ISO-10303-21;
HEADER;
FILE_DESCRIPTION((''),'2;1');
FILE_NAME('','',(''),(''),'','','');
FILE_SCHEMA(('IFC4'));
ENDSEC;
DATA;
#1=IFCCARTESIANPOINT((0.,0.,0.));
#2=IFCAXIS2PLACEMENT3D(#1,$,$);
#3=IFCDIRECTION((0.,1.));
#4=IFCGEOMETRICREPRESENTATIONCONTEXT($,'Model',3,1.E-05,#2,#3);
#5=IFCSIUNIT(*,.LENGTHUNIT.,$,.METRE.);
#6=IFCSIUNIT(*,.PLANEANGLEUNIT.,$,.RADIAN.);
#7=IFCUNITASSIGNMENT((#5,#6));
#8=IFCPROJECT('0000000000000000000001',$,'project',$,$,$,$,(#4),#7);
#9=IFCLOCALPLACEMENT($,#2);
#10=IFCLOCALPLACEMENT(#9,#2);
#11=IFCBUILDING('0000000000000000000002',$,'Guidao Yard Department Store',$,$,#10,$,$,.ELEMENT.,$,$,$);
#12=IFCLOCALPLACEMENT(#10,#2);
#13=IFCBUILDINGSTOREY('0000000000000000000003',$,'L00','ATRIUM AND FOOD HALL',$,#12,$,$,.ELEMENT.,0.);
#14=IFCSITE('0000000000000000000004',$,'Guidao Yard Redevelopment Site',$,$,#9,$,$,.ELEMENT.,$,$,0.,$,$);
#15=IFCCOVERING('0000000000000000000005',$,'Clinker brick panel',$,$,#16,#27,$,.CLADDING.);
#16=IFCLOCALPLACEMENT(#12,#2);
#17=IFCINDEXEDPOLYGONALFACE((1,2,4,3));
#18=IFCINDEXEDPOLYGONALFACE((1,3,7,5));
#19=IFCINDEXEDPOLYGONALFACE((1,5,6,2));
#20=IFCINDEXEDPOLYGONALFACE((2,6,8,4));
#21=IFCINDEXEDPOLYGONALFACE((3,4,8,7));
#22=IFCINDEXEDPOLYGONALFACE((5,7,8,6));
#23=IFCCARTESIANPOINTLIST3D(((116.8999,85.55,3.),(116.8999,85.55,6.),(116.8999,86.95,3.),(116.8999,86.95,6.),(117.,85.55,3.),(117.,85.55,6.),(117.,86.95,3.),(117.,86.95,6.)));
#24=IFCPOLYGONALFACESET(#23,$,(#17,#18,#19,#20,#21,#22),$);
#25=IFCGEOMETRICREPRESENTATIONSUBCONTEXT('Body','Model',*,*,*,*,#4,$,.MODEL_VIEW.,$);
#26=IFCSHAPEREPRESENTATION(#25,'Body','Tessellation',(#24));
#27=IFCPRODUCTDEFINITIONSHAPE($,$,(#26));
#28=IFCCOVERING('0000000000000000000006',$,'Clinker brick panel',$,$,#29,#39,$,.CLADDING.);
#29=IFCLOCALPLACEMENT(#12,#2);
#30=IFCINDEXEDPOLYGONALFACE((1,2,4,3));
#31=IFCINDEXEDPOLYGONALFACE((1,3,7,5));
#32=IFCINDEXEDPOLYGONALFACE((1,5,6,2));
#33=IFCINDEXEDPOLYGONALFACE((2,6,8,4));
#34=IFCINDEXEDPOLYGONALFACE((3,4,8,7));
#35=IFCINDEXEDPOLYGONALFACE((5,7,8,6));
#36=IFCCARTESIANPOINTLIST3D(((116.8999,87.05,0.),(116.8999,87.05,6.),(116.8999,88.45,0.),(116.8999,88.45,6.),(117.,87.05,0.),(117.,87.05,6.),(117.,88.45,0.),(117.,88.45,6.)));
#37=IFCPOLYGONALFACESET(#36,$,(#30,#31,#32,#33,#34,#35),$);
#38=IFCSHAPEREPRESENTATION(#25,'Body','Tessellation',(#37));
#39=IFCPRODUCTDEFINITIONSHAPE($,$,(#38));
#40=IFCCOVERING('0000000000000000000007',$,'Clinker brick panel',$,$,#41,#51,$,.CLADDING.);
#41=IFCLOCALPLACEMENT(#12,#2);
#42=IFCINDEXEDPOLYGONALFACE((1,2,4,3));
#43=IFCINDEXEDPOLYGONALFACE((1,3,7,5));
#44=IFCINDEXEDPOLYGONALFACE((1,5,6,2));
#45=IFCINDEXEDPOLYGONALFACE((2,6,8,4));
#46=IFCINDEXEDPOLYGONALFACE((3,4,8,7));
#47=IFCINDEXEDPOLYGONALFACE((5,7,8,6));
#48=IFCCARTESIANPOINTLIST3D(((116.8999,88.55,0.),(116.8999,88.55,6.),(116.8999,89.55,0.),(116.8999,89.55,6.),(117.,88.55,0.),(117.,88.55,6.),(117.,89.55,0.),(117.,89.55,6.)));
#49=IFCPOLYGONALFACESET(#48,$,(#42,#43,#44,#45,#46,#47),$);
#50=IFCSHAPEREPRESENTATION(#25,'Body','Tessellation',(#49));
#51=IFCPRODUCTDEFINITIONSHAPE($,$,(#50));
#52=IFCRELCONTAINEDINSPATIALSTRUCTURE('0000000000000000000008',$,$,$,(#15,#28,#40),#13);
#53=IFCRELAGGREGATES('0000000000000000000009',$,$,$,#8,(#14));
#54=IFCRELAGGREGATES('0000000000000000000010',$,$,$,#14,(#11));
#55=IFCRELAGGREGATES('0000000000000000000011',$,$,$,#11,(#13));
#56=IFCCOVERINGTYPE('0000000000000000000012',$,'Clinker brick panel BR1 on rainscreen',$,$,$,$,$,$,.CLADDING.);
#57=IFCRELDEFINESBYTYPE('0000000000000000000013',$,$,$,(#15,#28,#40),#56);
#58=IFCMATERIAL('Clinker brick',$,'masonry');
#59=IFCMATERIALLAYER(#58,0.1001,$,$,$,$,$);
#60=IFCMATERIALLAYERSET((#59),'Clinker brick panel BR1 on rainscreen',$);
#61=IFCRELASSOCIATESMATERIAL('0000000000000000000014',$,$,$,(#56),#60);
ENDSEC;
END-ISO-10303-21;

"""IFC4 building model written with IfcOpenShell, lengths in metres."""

from ifc_helpers import new_model, si_unit, direction, frame, origin, origin_2d, place, context, subcontext, project, spatial, rectangle, extrude, material, layer, layer_set, type_object, element, save


model = new_model("IFC4")

# Units and contexts
model_context = context("Model", 3, precision=1e-05, world=origin(), true_north=direction((0.0, 1.0)))
body_context = subcontext(model_context, "Body", "Model", "MODEL_VIEW")
ifc_project = project(units=[si_unit("LENGTHUNIT", "METRE"), si_unit("PLANEANGLEUNIT", "RADIAN")], contexts=[model_context])

# Site, building, storey
site_placement = place(None, origin())
site = spatial("IfcSite", under=ifc_project, at=site_placement, Name="Guidao Yard Redevelopment Site", CompositionType="ELEMENT", RefElevation=0.0)
building_placement = place(site_placement, origin())
building = spatial("IfcBuilding", under=site, at=building_placement, Name="Guidao Yard Department Store", CompositionType="ELEMENT")
storey_placement = place(building_placement, origin())
storey = spatial("IfcBuildingStorey", under=building, at=storey_placement, Name="L00", Description="ATRIUM AND FOOD HALL", CompositionType="ELEMENT", Elevation=0.0)

# Coverings
ifc_material_1 = material(Name="Clinker brick", Category="masonry")
ifc_layer_1 = layer(ifc_material_1, 0.1001)
ifc_layer_set_1 = layer_set([ifc_layer_1], Name="Clinker brick panel BR1 on rainscreen")
covering_type = type_object("IfcCoveringType", Name="Clinker brick panel BR1 on rainscreen", PredefinedType="CLADDING", material=ifc_layer_set_1)
covering_1_placement = place(storey_placement, frame((116.95, 86.25, 3.0), z_axis=(0.0, 0.0, 1.0), x_axis=(0.0, 1.0, 0.0)))
element("IfcCovering", 1, at=covering_1_placement, inside=storey, type_object=covering_type, Name="Clinker brick panel", PredefinedType="CLADDING", context=body_context, shape_type="SweptSolid", body=[
    extrude(rectangle(XDim=1.3999, YDim=0.1001, at=origin_2d()), origin(), (0.0, 0.0, 1.0), 3.0),
])
covering_2_placement = place(storey_placement, frame((116.95, 87.75, 0.0), z_axis=(0.0, 0.0, 1.0), x_axis=(0.0, 1.0, 0.0)))
element("IfcCovering", 2, at=covering_2_placement, inside=storey, type_object=covering_type, Name="Clinker brick panel", PredefinedType="CLADDING", context=body_context, shape_type="SweptSolid", body=[
    extrude(rectangle(XDim=1.3999, YDim=0.1001, at=origin_2d()), origin(), (0.0, 0.0, 1.0), 6.0),
])
covering_3_placement = place(storey_placement, frame((116.95, 89.05, 0.0), z_axis=(0.0, 0.0, 1.0), x_axis=(0.0, 1.0, 0.0)))
element("IfcCovering", 3, at=covering_3_placement, inside=storey, type_object=covering_type, Name="Clinker brick panel", PredefinedType="CLADDING", context=body_context, shape_type="SweptSolid", body=[
    extrude(rectangle(XDim=1.0, YDim=0.1001, at=origin_2d()), origin(), (0.0, 0.0, 1.0), 6.0),
])

save(model, "model.ifc")
